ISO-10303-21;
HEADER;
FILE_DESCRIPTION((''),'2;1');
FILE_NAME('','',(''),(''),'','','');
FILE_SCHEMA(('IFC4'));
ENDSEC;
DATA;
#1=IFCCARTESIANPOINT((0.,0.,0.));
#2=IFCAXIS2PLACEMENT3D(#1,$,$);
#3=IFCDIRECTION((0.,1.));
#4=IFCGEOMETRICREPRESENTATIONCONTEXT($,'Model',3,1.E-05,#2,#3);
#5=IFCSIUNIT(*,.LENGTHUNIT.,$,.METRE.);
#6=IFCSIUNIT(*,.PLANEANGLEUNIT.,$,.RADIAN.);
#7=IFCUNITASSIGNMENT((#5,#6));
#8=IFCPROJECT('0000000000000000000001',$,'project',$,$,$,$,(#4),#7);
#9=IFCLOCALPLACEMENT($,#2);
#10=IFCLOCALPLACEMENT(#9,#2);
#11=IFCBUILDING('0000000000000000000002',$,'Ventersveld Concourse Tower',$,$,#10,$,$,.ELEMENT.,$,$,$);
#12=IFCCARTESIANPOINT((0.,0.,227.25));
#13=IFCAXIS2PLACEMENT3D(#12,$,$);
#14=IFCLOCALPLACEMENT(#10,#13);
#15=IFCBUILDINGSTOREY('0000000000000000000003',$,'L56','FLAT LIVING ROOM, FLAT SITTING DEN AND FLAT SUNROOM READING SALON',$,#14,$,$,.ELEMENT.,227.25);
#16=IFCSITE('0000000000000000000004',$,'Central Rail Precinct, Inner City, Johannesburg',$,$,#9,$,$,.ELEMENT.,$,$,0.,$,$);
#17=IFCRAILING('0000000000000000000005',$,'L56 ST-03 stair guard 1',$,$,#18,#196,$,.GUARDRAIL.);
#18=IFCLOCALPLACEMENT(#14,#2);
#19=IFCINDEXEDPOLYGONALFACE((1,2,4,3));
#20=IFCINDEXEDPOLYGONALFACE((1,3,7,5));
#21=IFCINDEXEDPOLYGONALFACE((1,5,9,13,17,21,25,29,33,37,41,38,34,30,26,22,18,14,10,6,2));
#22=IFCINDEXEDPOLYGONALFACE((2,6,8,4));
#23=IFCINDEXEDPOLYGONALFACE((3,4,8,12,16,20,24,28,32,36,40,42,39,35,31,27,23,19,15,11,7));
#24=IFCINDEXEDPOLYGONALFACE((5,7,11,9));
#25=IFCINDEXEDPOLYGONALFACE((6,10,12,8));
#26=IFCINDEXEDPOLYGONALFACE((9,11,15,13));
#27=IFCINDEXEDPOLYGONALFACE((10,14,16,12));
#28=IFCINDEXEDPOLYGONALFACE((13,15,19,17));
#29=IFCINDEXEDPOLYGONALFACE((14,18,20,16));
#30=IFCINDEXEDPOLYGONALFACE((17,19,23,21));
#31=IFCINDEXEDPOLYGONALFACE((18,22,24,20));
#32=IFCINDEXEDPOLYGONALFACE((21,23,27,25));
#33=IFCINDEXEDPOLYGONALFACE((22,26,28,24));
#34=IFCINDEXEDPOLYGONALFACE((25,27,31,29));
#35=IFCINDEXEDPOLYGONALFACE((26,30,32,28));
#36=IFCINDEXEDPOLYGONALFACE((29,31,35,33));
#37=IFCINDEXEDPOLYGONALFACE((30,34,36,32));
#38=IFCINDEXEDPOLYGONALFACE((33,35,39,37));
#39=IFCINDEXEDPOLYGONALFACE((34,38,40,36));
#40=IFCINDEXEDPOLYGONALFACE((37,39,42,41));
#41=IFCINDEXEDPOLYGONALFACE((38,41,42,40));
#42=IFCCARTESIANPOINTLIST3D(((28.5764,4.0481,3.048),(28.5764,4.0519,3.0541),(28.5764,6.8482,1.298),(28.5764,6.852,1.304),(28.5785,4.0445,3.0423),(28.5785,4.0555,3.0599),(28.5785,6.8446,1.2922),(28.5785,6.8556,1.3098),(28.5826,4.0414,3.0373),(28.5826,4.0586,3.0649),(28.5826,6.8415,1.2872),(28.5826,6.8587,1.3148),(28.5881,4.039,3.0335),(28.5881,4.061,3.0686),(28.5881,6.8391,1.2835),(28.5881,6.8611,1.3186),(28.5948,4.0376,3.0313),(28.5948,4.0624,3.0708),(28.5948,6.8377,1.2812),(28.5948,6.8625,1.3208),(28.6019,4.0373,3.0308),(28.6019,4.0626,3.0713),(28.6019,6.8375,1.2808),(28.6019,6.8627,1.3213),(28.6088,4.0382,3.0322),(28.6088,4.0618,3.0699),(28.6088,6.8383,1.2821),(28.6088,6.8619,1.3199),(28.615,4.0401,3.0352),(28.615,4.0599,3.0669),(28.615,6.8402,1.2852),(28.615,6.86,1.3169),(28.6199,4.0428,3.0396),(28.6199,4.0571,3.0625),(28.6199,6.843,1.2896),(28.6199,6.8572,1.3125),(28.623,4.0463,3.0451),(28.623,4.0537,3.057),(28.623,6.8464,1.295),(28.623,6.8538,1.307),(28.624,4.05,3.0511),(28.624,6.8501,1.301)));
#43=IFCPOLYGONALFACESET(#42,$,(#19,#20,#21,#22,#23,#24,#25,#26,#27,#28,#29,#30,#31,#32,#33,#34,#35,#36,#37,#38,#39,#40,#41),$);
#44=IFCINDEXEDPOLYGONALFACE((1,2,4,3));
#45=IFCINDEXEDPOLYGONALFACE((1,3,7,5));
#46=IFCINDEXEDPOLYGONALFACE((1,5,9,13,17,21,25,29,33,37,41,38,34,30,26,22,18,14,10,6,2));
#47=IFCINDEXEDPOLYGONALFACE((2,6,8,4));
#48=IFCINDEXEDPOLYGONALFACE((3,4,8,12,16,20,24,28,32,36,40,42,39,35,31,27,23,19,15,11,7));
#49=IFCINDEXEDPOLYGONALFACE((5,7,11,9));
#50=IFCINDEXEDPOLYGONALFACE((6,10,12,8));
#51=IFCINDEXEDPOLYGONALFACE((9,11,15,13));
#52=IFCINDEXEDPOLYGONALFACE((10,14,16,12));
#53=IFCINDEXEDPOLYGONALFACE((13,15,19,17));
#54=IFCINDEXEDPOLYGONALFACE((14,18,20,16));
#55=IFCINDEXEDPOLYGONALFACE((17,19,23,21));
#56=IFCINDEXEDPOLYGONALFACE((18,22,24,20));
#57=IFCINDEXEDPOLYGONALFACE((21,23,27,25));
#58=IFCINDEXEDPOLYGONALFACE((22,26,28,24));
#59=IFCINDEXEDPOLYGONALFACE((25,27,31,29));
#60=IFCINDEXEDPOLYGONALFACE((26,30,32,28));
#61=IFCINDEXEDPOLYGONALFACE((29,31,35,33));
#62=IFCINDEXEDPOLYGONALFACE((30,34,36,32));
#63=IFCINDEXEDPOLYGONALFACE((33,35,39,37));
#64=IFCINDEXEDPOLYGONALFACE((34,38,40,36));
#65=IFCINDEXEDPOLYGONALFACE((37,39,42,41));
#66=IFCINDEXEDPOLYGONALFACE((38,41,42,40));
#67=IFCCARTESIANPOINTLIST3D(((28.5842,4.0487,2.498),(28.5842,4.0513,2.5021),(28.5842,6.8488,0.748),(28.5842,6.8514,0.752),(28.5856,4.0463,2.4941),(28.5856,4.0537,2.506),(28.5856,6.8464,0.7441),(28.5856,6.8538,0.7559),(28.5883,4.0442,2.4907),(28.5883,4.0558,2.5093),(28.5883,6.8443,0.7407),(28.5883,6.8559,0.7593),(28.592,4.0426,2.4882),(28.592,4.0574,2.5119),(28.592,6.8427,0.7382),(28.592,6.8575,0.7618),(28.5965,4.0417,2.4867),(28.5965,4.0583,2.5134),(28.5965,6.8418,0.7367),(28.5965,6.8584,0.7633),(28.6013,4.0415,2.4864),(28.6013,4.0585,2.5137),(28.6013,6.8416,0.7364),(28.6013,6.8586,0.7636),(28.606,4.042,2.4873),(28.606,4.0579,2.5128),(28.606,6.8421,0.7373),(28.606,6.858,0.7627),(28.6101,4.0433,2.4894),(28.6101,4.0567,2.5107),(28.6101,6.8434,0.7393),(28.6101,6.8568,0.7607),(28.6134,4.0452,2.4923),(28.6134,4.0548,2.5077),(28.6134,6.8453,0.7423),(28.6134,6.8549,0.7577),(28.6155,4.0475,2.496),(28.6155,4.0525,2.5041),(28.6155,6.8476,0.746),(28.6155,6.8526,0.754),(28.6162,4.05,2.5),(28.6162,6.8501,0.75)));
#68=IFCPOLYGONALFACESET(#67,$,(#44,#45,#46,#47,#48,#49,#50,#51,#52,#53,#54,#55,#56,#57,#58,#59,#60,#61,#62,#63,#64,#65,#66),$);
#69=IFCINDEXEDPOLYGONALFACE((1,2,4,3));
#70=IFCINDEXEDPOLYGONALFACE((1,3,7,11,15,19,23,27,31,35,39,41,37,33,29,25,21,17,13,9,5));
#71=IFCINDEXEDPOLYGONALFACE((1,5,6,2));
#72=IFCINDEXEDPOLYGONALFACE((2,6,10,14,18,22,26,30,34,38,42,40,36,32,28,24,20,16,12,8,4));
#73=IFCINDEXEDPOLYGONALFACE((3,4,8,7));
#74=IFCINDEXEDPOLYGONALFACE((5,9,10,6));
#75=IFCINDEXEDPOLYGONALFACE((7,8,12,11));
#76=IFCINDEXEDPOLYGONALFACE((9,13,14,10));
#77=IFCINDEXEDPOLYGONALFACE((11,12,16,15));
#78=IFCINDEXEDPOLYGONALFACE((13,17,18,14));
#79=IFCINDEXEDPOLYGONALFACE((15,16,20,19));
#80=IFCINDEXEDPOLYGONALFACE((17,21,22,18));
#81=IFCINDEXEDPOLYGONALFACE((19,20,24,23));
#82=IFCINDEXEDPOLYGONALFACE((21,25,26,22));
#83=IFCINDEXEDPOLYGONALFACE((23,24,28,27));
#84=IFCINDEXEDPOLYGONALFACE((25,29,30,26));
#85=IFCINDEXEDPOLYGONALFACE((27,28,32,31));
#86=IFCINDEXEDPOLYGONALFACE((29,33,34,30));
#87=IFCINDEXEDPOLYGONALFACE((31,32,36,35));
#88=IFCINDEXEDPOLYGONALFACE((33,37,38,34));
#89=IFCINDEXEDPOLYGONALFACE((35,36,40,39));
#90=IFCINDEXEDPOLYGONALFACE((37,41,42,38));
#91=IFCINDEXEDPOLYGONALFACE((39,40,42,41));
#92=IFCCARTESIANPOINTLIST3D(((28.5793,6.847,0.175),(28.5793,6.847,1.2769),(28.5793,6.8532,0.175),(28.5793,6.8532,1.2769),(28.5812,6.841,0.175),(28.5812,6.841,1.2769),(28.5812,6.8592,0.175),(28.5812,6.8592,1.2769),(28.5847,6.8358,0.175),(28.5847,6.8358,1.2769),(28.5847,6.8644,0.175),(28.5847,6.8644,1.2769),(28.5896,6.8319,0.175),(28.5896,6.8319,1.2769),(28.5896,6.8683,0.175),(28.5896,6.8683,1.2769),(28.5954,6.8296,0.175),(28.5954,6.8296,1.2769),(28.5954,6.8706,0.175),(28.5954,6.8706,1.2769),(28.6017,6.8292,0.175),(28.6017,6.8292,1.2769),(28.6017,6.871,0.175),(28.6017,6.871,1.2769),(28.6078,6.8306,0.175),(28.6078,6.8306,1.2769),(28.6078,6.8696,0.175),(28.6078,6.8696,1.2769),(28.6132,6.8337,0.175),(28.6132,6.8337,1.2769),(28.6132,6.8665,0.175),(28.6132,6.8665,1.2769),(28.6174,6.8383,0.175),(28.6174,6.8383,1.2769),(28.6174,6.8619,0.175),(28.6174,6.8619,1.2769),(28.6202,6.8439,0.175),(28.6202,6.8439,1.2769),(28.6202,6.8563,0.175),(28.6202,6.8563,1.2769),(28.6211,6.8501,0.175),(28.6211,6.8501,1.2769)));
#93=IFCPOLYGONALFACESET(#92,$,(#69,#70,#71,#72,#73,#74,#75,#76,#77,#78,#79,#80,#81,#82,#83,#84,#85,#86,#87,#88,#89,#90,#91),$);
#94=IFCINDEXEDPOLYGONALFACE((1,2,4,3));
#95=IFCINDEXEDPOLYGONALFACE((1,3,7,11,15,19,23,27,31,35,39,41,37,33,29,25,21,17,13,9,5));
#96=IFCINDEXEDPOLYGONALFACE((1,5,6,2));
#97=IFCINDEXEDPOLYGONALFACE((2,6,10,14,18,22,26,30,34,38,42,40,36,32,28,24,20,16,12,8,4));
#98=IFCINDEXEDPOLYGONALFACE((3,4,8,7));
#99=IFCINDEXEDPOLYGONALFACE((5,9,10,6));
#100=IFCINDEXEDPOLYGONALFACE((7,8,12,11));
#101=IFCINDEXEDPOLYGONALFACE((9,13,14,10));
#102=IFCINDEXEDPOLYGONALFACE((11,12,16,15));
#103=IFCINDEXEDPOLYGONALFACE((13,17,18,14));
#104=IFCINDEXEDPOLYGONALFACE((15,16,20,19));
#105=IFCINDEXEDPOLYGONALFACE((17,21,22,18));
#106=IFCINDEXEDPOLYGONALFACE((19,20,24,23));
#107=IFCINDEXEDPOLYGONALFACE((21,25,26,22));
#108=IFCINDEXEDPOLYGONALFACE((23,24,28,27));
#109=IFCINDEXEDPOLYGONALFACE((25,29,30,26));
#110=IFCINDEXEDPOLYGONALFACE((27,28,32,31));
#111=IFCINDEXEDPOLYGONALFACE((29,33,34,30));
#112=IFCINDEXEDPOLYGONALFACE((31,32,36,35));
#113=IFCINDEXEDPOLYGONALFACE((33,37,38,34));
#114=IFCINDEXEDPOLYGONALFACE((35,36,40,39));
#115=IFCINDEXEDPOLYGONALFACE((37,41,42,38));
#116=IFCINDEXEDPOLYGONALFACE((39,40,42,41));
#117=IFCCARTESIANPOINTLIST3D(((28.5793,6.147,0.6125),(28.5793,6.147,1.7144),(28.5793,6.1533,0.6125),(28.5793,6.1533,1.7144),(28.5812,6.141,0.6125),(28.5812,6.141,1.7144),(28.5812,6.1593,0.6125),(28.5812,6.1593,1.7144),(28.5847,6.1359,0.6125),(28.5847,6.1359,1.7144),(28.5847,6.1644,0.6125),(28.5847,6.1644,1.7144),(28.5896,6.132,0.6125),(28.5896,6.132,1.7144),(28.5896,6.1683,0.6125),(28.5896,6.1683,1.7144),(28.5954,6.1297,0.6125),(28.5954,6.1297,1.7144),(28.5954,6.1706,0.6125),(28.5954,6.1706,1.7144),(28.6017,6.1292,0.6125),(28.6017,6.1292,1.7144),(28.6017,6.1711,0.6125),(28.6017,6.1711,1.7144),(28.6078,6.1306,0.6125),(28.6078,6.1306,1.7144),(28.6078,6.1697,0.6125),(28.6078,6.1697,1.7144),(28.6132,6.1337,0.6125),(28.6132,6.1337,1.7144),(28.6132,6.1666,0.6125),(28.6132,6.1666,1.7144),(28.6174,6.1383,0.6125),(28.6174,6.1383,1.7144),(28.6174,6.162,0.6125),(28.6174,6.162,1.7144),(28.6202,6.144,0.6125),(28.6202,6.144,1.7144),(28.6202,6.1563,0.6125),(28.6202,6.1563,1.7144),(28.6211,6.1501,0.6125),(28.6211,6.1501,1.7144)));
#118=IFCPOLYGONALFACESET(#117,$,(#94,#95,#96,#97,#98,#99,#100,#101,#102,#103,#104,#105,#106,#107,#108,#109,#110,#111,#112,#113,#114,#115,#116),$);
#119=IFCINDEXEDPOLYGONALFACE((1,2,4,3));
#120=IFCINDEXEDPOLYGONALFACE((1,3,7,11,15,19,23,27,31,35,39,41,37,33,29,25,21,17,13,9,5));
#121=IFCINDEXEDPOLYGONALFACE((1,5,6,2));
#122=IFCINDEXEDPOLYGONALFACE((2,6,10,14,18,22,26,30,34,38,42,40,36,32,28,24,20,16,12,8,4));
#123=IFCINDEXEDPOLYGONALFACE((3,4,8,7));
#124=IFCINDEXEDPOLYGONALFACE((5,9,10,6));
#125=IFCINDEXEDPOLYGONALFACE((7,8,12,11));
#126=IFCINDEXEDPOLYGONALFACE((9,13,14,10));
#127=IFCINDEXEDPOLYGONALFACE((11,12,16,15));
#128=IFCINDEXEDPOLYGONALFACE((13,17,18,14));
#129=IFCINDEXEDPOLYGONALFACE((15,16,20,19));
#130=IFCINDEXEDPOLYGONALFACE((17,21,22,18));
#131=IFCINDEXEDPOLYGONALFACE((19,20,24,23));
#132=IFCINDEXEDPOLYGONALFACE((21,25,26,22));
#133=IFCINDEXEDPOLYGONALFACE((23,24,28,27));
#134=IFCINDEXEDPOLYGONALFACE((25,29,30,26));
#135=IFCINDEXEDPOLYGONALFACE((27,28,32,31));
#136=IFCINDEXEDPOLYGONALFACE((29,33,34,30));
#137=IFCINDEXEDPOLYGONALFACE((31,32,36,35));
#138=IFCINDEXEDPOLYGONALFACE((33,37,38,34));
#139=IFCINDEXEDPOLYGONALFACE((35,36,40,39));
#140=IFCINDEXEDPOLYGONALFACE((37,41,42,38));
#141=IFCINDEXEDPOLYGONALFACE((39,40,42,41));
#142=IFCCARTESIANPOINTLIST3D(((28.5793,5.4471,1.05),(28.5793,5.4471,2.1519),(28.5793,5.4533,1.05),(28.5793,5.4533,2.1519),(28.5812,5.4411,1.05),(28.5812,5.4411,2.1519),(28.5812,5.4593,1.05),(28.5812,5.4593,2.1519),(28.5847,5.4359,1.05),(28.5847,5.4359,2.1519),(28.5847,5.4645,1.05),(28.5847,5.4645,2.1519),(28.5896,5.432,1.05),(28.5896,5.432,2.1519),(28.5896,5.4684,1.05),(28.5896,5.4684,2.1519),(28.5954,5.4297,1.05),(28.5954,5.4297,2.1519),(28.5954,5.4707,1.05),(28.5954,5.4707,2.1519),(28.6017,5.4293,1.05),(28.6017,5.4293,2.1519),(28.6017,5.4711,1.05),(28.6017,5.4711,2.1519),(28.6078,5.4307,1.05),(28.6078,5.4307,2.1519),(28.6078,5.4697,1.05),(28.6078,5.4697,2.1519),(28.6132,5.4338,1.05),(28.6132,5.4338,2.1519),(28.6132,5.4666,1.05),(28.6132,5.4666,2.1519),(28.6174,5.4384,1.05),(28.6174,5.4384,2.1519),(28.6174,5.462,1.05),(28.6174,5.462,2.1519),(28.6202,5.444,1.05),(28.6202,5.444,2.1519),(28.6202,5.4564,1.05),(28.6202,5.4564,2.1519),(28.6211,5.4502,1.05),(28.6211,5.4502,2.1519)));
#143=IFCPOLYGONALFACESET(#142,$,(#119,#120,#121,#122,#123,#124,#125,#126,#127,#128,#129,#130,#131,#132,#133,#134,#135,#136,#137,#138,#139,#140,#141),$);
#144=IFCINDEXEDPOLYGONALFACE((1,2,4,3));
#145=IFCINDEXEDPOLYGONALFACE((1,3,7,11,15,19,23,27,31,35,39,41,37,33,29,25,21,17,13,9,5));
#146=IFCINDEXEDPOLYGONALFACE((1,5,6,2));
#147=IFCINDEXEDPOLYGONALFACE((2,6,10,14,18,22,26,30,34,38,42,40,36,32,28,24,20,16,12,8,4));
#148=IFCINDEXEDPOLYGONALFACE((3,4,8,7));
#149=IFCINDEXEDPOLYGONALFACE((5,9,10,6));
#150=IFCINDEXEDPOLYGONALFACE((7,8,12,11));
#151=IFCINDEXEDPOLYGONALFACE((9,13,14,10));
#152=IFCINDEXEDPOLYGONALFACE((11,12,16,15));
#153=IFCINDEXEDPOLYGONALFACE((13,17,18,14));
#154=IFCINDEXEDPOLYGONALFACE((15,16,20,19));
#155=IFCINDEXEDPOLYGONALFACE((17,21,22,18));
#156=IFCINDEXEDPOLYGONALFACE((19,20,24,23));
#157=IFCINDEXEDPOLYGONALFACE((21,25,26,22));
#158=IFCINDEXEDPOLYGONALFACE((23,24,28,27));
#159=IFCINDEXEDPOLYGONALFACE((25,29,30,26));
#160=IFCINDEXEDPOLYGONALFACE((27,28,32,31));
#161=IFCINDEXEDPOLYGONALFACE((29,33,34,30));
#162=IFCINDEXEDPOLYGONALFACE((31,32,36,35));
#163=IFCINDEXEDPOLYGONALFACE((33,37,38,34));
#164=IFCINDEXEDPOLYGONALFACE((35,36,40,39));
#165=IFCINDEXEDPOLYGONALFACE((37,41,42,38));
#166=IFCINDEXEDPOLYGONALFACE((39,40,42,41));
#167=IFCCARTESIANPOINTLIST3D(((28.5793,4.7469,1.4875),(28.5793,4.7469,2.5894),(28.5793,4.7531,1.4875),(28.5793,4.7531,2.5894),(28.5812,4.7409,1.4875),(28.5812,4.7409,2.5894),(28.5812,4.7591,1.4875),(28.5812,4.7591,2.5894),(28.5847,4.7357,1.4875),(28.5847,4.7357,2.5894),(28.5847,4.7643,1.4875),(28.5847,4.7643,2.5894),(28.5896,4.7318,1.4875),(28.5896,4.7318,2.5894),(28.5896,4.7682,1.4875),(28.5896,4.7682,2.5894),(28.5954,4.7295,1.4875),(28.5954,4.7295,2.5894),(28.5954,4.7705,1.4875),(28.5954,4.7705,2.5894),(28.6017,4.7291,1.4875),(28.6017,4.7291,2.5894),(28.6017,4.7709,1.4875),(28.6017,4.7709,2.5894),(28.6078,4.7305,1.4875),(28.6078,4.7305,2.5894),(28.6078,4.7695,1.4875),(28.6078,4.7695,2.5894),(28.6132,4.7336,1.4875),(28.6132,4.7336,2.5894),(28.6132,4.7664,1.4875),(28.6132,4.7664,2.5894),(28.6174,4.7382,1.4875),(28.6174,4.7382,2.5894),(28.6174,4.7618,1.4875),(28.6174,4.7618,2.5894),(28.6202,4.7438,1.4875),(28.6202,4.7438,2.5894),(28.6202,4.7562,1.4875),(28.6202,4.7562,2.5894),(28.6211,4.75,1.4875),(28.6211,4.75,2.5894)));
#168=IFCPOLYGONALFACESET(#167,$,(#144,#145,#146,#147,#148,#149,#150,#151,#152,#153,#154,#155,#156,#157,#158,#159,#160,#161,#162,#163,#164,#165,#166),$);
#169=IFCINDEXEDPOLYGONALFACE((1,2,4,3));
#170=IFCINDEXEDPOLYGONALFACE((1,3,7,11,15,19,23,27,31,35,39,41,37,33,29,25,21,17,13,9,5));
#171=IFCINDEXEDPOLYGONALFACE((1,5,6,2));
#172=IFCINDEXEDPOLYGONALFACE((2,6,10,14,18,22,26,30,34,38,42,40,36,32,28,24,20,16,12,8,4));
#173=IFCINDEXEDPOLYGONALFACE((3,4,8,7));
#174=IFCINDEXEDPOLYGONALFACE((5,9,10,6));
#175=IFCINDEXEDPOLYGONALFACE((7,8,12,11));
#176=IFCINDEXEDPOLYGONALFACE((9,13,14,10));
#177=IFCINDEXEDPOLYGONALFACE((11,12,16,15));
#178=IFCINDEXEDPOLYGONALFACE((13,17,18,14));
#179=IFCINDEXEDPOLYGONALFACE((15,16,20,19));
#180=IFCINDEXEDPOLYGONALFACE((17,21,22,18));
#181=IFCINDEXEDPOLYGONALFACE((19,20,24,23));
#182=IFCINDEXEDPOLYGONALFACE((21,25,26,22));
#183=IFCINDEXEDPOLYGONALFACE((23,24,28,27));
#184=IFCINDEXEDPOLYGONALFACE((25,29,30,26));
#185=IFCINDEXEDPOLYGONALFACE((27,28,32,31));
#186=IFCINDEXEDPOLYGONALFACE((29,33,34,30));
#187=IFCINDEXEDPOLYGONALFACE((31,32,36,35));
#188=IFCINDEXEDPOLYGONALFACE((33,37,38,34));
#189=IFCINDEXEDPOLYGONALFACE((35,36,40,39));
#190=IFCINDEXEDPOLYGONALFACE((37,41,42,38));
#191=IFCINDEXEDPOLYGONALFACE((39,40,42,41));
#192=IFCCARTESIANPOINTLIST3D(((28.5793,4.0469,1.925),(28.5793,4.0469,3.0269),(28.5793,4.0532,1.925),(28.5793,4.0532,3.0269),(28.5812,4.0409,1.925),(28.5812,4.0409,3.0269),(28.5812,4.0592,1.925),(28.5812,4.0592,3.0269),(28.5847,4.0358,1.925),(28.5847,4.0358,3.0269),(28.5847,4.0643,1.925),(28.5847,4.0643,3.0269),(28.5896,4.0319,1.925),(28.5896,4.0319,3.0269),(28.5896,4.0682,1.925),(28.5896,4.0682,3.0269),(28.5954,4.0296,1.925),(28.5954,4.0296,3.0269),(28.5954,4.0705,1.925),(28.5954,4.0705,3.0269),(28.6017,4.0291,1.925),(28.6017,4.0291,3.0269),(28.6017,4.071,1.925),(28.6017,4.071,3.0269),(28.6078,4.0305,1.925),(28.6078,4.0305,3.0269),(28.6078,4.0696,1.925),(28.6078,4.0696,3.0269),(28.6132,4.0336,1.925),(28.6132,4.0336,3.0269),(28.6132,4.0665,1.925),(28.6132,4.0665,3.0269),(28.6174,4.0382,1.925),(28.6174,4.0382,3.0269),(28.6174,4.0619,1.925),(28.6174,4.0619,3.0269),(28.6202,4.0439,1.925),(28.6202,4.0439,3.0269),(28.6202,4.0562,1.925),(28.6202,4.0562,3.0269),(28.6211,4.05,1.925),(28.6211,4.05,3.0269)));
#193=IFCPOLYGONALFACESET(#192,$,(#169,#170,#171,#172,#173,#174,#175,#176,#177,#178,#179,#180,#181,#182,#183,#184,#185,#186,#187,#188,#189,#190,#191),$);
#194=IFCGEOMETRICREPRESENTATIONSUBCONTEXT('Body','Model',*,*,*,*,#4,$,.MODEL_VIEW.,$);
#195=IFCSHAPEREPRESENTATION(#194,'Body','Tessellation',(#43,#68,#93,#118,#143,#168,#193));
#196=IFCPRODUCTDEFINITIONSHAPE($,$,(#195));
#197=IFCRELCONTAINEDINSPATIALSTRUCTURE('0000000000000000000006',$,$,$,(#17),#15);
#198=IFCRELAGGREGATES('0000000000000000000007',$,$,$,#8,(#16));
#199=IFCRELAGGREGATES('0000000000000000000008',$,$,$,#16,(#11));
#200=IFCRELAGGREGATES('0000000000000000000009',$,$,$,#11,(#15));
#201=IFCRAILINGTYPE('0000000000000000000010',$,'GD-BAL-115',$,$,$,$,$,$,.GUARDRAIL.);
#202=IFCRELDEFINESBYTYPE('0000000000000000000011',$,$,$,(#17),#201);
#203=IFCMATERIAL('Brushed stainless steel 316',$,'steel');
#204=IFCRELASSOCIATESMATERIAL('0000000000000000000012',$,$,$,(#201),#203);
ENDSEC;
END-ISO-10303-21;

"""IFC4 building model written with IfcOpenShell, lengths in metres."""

from ifc_helpers import new_model, si_unit, direction, frame, origin, origin_2d, place, context, subcontext, project, spatial, circle, extrude, material, type_object, element, save


model = new_model("IFC4")

# Units and contexts
model_context = context("Model", 3, precision=1e-05, world=origin(), true_north=direction((0.0, 1.0)))
body_context = subcontext(model_context, "Body", "Model", "MODEL_VIEW")
ifc_project = project(units=[si_unit("LENGTHUNIT", "METRE"), si_unit("PLANEANGLEUNIT", "RADIAN")], contexts=[model_context])

# Site, building, storey
site_placement = place(None, origin())
site = spatial("IfcSite", under=ifc_project, at=site_placement, Name="Central Rail Precinct, Inner City, Johannesburg", CompositionType="ELEMENT", RefElevation=0.0)
building_placement = place(site_placement, origin())
building = spatial("IfcBuilding", under=site, at=building_placement, Name="Ventersveld Concourse Tower", CompositionType="ELEMENT")
storey_placement = place(building_placement, frame((0.0, 0.0, 227.25)))
storey = spatial("IfcBuildingStorey", under=building, at=storey_placement, Name="L56", Description="FLAT LIVING ROOM, FLAT SITTING DEN AND FLAT SUNROOM READING SALON", CompositionType="ELEMENT", Elevation=227.25)

# Shared definitions
ifc_material_1 = material(Name="Brushed stainless steel 316", Category="steel")

# Railing
railing_type_1 = type_object("IfcRailingType", Name="GD-BAL-115", PredefinedType="GUARDRAIL", material=ifc_material_1)
railing_1_placement = place(storey_placement, frame((28.6001, 6.8501, 0.175)))
element("IfcRailing", 1, at=railing_1_placement, inside=storey, type_object=railing_type_1, Name="L56 ST-03 stair guard 1", PredefinedType="GUARDRAIL", context=body_context, shape_type="SweptSolid", body=[
    extrude(circle(Radius=0.0239, at=origin_2d()), frame((0.0, 0.0, 1.126), z_axis=(0.0, -0.848002, 0.529992), x_axis=(1.0, 0.0, 0.0)), (0.0, 0.0, 1.0), 3.302),
    extrude(circle(Radius=0.0161, at=origin_2d()), frame((0.0, 0.0, 0.575), z_axis=(0.0, -0.848002, 0.529992), x_axis=(1.0, 0.0, 0.0)), (0.0, 0.0, 1.0), 3.302),
    extrude(circle(Radius=0.021, at=origin_2d()), origin(), (0.0, 0.0, 1.0), 1.1018),
    extrude(circle(Radius=0.021, at=origin_2d()), frame((0.0, -0.7, 0.4375)), (0.0, 0.0, 1.0), 1.1018),
    extrude(circle(Radius=0.021, at=origin_2d()), frame((0.0, -1.3999, 0.875)), (0.0, 0.0, 1.0), 1.1018),
    extrude(circle(Radius=0.021, at=origin_2d()), frame((0.0, -2.1001, 1.3125)), (0.0, 0.0, 1.0), 1.1018),
    extrude(circle(Radius=0.021, at=origin_2d()), frame((0.0, -2.8, 1.75)), (0.0, 0.0, 1.0), 1.1018),
])

save(model, "model.ifc")
